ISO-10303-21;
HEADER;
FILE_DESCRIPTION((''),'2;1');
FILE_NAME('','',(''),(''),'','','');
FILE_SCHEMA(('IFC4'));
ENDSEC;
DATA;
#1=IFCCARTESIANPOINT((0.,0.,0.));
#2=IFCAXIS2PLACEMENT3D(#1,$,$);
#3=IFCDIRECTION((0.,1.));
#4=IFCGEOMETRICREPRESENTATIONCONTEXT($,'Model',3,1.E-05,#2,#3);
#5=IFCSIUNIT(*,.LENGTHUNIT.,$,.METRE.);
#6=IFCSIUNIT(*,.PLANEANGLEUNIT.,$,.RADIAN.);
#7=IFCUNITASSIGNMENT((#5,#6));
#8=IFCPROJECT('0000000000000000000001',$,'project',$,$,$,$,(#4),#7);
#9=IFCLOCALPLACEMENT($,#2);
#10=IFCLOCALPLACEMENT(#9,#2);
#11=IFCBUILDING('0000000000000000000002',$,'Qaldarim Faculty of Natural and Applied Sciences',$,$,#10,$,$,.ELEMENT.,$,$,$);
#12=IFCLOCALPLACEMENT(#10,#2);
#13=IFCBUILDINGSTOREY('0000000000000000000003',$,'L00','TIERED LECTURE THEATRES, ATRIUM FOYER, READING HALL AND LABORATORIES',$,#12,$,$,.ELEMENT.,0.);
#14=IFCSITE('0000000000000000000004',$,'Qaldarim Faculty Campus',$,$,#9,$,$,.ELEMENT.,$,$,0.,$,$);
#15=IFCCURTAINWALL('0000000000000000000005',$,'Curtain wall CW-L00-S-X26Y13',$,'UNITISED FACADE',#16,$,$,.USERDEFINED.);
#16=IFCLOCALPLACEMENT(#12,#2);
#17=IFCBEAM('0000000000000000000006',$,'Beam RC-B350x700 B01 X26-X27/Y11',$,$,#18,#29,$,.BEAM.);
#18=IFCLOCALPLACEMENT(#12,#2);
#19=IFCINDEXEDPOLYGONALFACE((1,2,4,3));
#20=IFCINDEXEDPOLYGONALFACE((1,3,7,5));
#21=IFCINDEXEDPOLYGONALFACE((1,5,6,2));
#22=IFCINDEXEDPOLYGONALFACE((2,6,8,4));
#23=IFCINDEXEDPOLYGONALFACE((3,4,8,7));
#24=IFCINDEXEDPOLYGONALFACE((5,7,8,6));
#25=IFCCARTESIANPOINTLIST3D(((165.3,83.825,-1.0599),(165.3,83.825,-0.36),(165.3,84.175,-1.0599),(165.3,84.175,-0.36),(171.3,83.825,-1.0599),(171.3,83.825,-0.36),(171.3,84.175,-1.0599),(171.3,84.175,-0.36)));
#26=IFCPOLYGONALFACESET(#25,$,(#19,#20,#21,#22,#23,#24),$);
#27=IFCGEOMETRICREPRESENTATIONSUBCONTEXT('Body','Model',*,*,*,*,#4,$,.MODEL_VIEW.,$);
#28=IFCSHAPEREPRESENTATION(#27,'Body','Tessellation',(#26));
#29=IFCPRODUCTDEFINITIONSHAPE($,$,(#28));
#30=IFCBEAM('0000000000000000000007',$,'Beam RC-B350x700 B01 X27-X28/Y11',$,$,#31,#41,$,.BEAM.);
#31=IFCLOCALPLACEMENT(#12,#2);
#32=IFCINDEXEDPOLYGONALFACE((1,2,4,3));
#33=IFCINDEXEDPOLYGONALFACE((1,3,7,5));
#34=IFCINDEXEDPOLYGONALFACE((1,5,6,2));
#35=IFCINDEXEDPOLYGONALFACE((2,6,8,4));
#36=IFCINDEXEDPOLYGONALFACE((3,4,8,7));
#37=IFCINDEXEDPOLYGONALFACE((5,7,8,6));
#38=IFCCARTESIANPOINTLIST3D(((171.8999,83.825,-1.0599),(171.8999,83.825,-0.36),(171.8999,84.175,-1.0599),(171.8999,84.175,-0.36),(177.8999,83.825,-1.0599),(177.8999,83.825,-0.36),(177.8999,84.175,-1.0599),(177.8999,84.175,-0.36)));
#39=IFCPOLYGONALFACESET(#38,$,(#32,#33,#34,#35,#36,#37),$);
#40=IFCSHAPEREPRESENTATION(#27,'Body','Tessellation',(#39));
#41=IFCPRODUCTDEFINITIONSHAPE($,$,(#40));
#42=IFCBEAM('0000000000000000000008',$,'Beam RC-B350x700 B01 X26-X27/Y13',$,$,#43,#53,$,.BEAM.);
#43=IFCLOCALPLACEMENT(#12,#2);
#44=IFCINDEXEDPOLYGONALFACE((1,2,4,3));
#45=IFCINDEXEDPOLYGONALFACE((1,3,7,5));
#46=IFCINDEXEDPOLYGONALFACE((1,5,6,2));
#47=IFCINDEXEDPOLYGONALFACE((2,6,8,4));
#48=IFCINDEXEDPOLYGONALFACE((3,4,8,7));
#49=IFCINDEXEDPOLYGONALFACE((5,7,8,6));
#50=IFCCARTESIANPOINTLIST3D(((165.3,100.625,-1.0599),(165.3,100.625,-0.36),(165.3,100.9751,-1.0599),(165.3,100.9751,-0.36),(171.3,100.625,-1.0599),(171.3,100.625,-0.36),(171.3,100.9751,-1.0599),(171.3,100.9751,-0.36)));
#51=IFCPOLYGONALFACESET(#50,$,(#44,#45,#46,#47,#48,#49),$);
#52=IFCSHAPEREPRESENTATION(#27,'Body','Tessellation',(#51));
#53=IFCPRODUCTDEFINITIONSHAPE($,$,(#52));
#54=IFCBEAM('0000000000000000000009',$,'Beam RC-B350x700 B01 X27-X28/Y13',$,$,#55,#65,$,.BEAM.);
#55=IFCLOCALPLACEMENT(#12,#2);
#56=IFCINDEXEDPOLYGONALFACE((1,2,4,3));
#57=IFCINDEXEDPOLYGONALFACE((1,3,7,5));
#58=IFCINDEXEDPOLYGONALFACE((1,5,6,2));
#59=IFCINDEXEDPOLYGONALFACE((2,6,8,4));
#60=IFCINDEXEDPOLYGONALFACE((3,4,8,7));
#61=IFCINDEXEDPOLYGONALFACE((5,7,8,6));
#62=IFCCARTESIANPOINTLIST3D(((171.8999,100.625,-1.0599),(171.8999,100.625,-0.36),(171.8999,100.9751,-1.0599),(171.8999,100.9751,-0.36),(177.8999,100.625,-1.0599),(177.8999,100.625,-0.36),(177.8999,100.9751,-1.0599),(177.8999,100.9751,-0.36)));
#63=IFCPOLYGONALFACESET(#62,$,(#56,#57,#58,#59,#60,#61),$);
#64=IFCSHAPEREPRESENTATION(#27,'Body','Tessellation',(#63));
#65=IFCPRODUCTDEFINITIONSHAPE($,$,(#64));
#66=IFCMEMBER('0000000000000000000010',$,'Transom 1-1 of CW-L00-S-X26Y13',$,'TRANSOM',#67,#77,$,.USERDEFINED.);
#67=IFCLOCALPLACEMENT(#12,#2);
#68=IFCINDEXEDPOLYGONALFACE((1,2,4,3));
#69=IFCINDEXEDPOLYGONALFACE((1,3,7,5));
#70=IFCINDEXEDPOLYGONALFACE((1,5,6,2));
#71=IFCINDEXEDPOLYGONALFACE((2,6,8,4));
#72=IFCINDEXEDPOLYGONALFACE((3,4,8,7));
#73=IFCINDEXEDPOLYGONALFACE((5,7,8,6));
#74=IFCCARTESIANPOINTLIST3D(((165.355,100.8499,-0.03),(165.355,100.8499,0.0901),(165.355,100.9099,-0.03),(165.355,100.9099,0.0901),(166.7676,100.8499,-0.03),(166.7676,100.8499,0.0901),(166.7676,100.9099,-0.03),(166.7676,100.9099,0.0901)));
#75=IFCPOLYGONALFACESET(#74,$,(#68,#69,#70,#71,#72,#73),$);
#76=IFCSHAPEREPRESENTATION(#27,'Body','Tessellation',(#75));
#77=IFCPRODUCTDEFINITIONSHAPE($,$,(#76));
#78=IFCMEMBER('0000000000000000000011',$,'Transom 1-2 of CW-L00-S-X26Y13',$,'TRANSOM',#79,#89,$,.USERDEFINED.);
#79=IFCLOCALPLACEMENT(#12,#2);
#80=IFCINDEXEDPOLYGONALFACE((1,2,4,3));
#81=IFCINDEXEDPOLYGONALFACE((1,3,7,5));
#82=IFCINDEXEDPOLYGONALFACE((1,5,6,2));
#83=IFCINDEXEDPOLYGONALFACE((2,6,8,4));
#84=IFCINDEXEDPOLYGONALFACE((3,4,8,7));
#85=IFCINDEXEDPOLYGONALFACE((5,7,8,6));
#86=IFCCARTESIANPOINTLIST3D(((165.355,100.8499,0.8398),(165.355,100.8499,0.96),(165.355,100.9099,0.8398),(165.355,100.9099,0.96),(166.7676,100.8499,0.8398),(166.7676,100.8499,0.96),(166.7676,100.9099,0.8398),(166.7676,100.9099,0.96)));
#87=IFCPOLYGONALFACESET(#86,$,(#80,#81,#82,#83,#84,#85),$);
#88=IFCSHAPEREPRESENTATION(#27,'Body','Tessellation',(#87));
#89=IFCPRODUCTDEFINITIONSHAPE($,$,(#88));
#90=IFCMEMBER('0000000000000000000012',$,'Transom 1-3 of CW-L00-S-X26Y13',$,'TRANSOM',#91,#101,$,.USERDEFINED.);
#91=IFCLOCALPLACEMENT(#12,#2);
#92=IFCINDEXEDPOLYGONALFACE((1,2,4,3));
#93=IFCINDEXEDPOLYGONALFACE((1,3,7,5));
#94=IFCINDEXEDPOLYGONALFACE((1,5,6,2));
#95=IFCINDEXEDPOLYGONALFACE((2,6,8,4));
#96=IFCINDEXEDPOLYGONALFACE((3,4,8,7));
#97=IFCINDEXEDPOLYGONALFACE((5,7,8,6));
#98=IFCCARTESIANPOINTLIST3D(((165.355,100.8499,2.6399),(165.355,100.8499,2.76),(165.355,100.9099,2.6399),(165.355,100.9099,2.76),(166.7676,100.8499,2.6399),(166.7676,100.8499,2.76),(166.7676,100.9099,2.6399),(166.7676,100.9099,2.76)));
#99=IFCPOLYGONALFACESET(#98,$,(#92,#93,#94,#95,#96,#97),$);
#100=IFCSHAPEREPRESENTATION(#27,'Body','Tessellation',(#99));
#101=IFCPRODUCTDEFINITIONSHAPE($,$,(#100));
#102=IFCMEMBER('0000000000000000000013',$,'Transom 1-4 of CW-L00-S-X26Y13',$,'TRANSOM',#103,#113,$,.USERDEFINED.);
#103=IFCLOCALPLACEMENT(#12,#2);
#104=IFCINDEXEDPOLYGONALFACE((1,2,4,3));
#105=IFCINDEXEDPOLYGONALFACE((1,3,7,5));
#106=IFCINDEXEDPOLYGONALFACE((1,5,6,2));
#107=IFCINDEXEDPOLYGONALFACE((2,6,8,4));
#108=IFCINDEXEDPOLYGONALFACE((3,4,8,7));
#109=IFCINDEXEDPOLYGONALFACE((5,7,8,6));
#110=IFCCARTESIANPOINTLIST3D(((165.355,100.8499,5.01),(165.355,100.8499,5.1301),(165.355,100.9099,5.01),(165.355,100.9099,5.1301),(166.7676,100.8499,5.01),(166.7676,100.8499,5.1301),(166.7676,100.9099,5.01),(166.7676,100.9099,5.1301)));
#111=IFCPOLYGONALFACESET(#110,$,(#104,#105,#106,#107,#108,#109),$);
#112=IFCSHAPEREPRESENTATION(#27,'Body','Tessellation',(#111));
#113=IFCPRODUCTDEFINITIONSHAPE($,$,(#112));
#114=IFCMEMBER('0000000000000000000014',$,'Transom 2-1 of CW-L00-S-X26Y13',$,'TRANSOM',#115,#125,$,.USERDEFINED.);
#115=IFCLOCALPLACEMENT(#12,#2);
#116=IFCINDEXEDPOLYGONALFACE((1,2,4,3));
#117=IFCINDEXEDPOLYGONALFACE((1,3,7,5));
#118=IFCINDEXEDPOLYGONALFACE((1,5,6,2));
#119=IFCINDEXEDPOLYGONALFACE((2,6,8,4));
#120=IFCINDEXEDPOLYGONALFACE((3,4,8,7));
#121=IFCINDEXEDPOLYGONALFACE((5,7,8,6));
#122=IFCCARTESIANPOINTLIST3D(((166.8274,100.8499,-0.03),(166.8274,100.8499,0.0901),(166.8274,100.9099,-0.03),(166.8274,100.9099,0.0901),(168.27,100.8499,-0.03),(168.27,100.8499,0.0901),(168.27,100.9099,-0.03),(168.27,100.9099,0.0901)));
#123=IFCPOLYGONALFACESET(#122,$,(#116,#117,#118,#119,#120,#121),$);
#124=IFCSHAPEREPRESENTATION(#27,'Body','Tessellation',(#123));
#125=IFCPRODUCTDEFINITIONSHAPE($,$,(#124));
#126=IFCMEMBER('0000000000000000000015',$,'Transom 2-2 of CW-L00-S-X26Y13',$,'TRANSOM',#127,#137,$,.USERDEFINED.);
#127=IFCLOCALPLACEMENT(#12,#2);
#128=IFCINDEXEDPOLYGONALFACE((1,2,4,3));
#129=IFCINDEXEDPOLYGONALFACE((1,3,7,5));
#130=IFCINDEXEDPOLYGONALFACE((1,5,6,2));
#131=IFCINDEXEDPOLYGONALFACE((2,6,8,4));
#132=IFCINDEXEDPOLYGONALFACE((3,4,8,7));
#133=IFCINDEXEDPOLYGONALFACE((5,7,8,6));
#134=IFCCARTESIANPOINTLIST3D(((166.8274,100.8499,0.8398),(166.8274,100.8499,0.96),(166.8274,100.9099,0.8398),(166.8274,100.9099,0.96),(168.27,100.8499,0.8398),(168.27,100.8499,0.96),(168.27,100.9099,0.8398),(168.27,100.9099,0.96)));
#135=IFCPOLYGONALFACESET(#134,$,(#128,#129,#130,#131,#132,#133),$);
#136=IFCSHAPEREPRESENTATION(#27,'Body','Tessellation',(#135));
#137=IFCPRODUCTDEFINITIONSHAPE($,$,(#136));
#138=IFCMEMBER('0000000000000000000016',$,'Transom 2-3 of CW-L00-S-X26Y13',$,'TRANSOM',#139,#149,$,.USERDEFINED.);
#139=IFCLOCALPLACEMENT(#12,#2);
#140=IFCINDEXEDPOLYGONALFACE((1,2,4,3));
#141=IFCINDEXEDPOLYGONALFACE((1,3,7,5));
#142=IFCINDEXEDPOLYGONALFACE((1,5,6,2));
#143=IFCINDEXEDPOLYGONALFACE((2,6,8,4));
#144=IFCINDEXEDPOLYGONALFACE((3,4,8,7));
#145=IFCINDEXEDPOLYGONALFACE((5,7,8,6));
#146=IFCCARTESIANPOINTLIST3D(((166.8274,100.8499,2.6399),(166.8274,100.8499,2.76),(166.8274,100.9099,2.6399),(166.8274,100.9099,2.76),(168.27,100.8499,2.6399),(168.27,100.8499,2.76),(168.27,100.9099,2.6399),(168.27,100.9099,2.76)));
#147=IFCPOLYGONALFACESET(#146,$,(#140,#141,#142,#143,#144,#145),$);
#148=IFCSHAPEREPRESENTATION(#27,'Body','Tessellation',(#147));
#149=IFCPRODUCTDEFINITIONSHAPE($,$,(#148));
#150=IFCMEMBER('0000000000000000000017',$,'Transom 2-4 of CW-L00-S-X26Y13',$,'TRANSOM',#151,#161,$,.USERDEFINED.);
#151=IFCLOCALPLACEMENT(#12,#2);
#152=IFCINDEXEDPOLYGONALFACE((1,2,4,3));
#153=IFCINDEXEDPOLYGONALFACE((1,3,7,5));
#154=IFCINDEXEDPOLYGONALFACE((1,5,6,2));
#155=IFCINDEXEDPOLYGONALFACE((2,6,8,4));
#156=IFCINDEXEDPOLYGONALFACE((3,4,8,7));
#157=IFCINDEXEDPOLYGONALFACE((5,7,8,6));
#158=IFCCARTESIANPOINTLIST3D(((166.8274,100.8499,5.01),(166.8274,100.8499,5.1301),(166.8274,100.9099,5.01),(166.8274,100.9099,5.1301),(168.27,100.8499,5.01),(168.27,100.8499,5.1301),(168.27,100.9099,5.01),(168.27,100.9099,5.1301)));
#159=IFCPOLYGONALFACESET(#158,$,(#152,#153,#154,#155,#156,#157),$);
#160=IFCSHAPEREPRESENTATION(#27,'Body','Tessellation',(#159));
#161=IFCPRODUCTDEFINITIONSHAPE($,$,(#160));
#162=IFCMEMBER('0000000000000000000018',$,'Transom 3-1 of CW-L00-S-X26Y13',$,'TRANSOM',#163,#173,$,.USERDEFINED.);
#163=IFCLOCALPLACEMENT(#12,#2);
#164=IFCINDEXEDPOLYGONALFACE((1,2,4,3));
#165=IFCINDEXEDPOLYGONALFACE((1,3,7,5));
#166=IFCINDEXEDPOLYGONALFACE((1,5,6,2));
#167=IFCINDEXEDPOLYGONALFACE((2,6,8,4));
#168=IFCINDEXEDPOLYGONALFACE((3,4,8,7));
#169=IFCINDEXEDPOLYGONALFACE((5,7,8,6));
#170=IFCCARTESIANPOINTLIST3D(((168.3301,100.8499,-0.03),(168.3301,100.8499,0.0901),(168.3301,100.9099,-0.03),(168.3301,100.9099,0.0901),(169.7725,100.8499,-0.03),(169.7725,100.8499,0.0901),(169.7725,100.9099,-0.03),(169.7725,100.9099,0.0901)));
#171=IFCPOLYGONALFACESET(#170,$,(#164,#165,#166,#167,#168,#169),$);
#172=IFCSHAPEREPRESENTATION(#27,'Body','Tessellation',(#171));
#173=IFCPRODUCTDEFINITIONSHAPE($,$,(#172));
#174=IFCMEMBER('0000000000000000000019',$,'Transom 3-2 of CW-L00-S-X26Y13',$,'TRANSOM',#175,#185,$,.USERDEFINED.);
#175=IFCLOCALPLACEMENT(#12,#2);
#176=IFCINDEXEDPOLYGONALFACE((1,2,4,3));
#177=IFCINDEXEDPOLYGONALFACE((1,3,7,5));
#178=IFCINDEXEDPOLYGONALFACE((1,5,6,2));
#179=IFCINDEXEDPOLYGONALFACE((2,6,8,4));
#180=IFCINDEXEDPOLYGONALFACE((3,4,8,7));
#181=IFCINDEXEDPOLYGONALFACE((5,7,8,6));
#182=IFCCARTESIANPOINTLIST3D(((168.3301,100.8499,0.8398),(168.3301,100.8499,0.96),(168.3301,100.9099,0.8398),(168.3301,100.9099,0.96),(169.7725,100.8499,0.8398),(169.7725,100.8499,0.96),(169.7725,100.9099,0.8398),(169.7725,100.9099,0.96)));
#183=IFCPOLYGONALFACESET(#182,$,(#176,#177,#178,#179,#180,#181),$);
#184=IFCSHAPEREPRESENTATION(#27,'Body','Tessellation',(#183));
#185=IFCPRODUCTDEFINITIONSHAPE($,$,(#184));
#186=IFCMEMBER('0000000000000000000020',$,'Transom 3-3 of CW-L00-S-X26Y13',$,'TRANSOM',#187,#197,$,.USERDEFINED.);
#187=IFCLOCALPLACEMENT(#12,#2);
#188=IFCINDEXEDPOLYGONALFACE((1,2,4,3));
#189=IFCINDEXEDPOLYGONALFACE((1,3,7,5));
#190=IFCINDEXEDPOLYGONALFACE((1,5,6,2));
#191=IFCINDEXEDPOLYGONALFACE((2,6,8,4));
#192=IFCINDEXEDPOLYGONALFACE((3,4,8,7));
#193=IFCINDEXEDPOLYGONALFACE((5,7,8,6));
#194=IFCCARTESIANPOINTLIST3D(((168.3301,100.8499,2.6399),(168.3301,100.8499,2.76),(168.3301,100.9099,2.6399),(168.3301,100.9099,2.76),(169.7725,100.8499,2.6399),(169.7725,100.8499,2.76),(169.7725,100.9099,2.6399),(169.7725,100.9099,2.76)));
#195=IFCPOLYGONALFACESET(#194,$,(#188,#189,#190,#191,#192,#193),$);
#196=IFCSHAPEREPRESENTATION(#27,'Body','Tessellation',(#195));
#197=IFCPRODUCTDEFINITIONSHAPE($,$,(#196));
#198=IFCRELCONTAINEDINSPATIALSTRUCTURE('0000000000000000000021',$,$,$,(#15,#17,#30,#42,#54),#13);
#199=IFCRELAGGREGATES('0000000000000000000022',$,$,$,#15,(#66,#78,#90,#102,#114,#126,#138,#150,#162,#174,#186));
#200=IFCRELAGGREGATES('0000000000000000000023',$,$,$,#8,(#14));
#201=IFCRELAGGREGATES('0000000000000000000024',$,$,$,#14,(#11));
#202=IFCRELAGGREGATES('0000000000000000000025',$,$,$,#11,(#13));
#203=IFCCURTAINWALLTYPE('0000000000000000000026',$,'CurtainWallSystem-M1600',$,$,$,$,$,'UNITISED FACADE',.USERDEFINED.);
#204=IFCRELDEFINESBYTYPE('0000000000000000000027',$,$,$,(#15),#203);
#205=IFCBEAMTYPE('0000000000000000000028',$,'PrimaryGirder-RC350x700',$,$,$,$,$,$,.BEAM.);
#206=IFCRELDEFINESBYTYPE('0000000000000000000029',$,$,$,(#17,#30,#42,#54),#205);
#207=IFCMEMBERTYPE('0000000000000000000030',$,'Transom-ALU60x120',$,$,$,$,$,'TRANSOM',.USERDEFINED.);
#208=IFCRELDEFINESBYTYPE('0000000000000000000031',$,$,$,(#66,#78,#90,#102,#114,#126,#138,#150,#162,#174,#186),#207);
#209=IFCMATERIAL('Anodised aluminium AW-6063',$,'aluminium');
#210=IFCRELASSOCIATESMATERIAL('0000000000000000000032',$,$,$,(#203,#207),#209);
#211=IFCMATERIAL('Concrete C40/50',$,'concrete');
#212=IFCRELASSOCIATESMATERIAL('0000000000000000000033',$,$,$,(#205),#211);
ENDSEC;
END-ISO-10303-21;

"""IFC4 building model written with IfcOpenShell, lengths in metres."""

from ifc_helpers import new_model, si_unit, direction, frame, origin, origin_2d, place, context, subcontext, project, spatial, rectangle, extrude, material, material_profile, profile_set, type_object, element, aggregate, save


model = new_model("IFC4")

# Units and contexts
model_context = context("Model", 3, precision=1e-05, world=origin(), true_north=direction((0.0, 1.0)))
body_context = subcontext(model_context, "Body", "Model", "MODEL_VIEW")
ifc_project = project(units=[si_unit("LENGTHUNIT", "METRE"), si_unit("PLANEANGLEUNIT", "RADIAN")], contexts=[model_context])

# Site, building, storey
site_placement = place(None, origin())
site = spatial("IfcSite", under=ifc_project, at=site_placement, Name="Qaldarim Faculty Campus", CompositionType="ELEMENT", RefElevation=0.0)
building_placement = place(site_placement, origin())
building = spatial("IfcBuilding", under=site, at=building_placement, Name="Qaldarim Faculty of Natural and Applied Sciences", CompositionType="ELEMENT")
storey_placement = place(building_placement, origin())
storey = spatial("IfcBuildingStorey", under=building, at=storey_placement, Name="L00", Description="TIERED LECTURE THEATRES, ATRIUM FOYER, READING HALL AND LABORATORIES", CompositionType="ELEMENT", Elevation=0.0)

# Curtain wall
ifc_material_1 = material(Name="Anodised aluminium AW-6063", Category="aluminium")
curtain_wall_type = type_object("IfcCurtainWallType", Name="CurtainWallSystem-M1600", ElementType="UNITISED FACADE", PredefinedType="USERDEFINED", material=ifc_material_1)
curtain_wall_placement = place(storey_placement, origin())
curtain_wall = element("IfcCurtainWall", 1, at=curtain_wall_placement, inside=storey, type_object=curtain_wall_type, Name="Curtain wall CW-L00-S-X26Y13", ObjectType="UNITISED FACADE", PredefinedType="USERDEFINED")

# Beams
ifc_material_2 = material(Name="Concrete C40/50", Category="concrete")
ifc_material_profile_1 = material_profile(ifc_material_2, rectangle(XDim=0.3501, YDim=0.7, at=origin_2d()), Name="RC-B350x700")
ifc_profile_set_1 = profile_set([ifc_material_profile_1], Name="Concrete C40/50")
beam_type_1 = type_object("IfcBeamType", Name="PrimaryGirder-RC350x700", PredefinedType="BEAM", material=ifc_profile_set_1)
for number, where, z_axis, x_axis, name in (
    (2, (165.3, 84.0, -0.71), (1.0, 0.0, 0.0), (0.0, 1.0, 0.0), "Beam RC-B350x700 B01 X26-X27/Y11"),
    (3, (171.8999, 84.0, -0.71), (1.0, 0.0, 0.0), (0.0, 1.0, 0.0), "Beam RC-B350x700 B01 X27-X28/Y11"),
    (4, (165.3, 100.8, -0.71), (1.0, 0.0, 0.0), (0.0, 1.0, 0.0), "Beam RC-B350x700 B01 X26-X27/Y13"),
    (5, (171.8999, 100.8, -0.71), (1.0, 0.0, 0.0), (0.0, 1.0, 0.0), "Beam RC-B350x700 B01 X27-X28/Y13"),
):
    element("IfcBeam", number, at=place(storey_placement, frame(where, z_axis=z_axis, x_axis=x_axis)), inside=storey, type_object=beam_type_1, Name=name, PredefinedType="BEAM", context=body_context, shape_type="SweptSolid", body=[
        extrude(rectangle(XDim=0.3501, YDim=0.7, at=origin_2d()), origin(), (0.0, 0.0, 1.0), 6.0),
    ])

# Members
ifc_material_profile_2 = material_profile(ifc_material_1, rectangle(XDim=0.0601, YDim=0.1201, at=origin_2d()), Name="ALU-T60x120")
ifc_profile_set_2 = profile_set([ifc_material_profile_2], Name="Anodised aluminium AW-6063")
member_type_1 = type_object("IfcMemberType", Name="Transom-ALU60x120", ElementType="TRANSOM", PredefinedType="USERDEFINED", material=ifc_profile_set_2)
member_1_placement = place(storey_placement, frame((165.355, 100.8799, 0.03), z_axis=(1.0, 0.0, 0.0), x_axis=(0.0, 1.0, 0.0)))
member_1 = element("IfcMember", 6, at=member_1_placement, type_object=member_type_1, Name="Transom 1-1 of CW-L00-S-X26Y13", ObjectType="TRANSOM", PredefinedType="USERDEFINED", context=body_context, shape_type="SweptSolid", body=[
    extrude(rectangle(XDim=0.0601, YDim=0.1201, at=origin_2d()), origin(), (0.0, 0.0, 1.0), 1.4126),
])
member_2_placement = place(storey_placement, frame((165.355, 100.8799, 0.8999), z_axis=(1.0, 0.0, 0.0), x_axis=(0.0, 1.0, 0.0)))
member_2 = element("IfcMember", 7, at=member_2_placement, type_object=member_type_1, Name="Transom 1-2 of CW-L00-S-X26Y13", ObjectType="TRANSOM", PredefinedType="USERDEFINED", context=body_context, shape_type="SweptSolid", body=[
    extrude(rectangle(XDim=0.0601, YDim=0.1201, at=origin_2d()), origin(), (0.0, 0.0, 1.0), 1.4126),
])
member_3_placement = place(storey_placement, frame((165.355, 100.8799, 2.7), z_axis=(1.0, 0.0, 0.0), x_axis=(0.0, 1.0, 0.0)))
member_3 = element("IfcMember", 8, at=member_3_placement, type_object=member_type_1, Name="Transom 1-3 of CW-L00-S-X26Y13", ObjectType="TRANSOM", PredefinedType="USERDEFINED", context=body_context, shape_type="SweptSolid", body=[
    extrude(rectangle(XDim=0.0601, YDim=0.1201, at=origin_2d()), origin(), (0.0, 0.0, 1.0), 1.4126),
])
member_4_placement = place(storey_placement, frame((165.355, 100.8799, 5.0701), z_axis=(1.0, 0.0, 0.0), x_axis=(0.0, 1.0, 0.0)))
member_4 = element("IfcMember", 9, at=member_4_placement, type_object=member_type_1, Name="Transom 1-4 of CW-L00-S-X26Y13", ObjectType="TRANSOM", PredefinedType="USERDEFINED", context=body_context, shape_type="SweptSolid", body=[
    extrude(rectangle(XDim=0.0601, YDim=0.1201, at=origin_2d()), origin(), (0.0, 0.0, 1.0), 1.4126),
])
member_5_placement = place(storey_placement, frame((166.8274, 100.8799, 0.03), z_axis=(1.0, 0.0, 0.0), x_axis=(0.0, 1.0, 0.0)))
member_5 = element("IfcMember", 10, at=member_5_placement, type_object=member_type_1, Name="Transom 2-1 of CW-L00-S-X26Y13", ObjectType="TRANSOM", PredefinedType="USERDEFINED", context=body_context, shape_type="SweptSolid", body=[
    extrude(rectangle(XDim=0.0601, YDim=0.1201, at=origin_2d()), origin(), (0.0, 0.0, 1.0), 1.4426),
])
member_6_placement = place(storey_placement, frame((166.8274, 100.8799, 0.8999), z_axis=(1.0, 0.0, 0.0), x_axis=(0.0, 1.0, 0.0)))
member_6 = element("IfcMember", 11, at=member_6_placement, type_object=member_type_1, Name="Transom 2-2 of CW-L00-S-X26Y13", ObjectType="TRANSOM", PredefinedType="USERDEFINED", context=body_context, shape_type="SweptSolid", body=[
    extrude(rectangle(XDim=0.0601, YDim=0.1201, at=origin_2d()), origin(), (0.0, 0.0, 1.0), 1.4426),
])
member_7_placement = place(storey_placement, frame((166.8274, 100.8799, 2.7), z_axis=(1.0, 0.0, 0.0), x_axis=(0.0, 1.0, 0.0)))
member_7 = element("IfcMember", 12, at=member_7_placement, type_object=member_type_1, Name="Transom 2-3 of CW-L00-S-X26Y13", ObjectType="TRANSOM", PredefinedType="USERDEFINED", context=body_context, shape_type="SweptSolid", body=[
    extrude(rectangle(XDim=0.0601, YDim=0.1201, at=origin_2d()), origin(), (0.0, 0.0, 1.0), 1.4426),
])
member_8_placement = place(storey_placement, frame((166.8274, 100.8799, 5.0701), z_axis=(1.0, 0.0, 0.0), x_axis=(0.0, 1.0, 0.0)))
member_8 = element("IfcMember", 13, at=member_8_placement, type_object=member_type_1, Name="Transom 2-4 of CW-L00-S-X26Y13", ObjectType="TRANSOM", PredefinedType="USERDEFINED", context=body_context, shape_type="SweptSolid", body=[
    extrude(rectangle(XDim=0.0601, YDim=0.1201, at=origin_2d()), origin(), (0.0, 0.0, 1.0), 1.4426),
])
member_9_placement = place(storey_placement, frame((168.3301, 100.8799, 0.03), z_axis=(1.0, 0.0, 0.0), x_axis=(0.0, 1.0, 0.0)))
member_9 = element("IfcMember", 14, at=member_9_placement, type_object=member_type_1, Name="Transom 3-1 of CW-L00-S-X26Y13", ObjectType="TRANSOM", PredefinedType="USERDEFINED", context=body_context, shape_type="SweptSolid", body=[
    extrude(rectangle(XDim=0.0601, YDim=0.1201, at=origin_2d()), origin(), (0.0, 0.0, 1.0), 1.4424),
])
member_10_placement = place(storey_placement, frame((168.3301, 100.8799, 0.8999), z_axis=(1.0, 0.0, 0.0), x_axis=(0.0, 1.0, 0.0)))
member_10 = element("IfcMember", 15, at=member_10_placement, type_object=member_type_1, Name="Transom 3-2 of CW-L00-S-X26Y13", ObjectType="TRANSOM", PredefinedType="USERDEFINED", context=body_context, shape_type="SweptSolid", body=[
    extrude(rectangle(XDim=0.0601, YDim=0.1201, at=origin_2d()), origin(), (0.0, 0.0, 1.0), 1.4424),
])
member_11_placement = place(storey_placement, frame((168.3301, 100.8799, 2.7), z_axis=(1.0, 0.0, 0.0), x_axis=(0.0, 1.0, 0.0)))
member_11 = element("IfcMember", 16, at=member_11_placement, type_object=member_type_1, Name="Transom 3-3 of CW-L00-S-X26Y13", ObjectType="TRANSOM", PredefinedType="USERDEFINED", context=body_context, shape_type="SweptSolid", body=[
    extrude(rectangle(XDim=0.0601, YDim=0.1201, at=origin_2d()), origin(), (0.0, 0.0, 1.0), 1.4424),
])

aggregate(curtain_wall, [member_1, member_2, member_3, member_4, member_5, member_6, member_7, member_8, member_9, member_10, member_11])

save(model, "model.ifc")
